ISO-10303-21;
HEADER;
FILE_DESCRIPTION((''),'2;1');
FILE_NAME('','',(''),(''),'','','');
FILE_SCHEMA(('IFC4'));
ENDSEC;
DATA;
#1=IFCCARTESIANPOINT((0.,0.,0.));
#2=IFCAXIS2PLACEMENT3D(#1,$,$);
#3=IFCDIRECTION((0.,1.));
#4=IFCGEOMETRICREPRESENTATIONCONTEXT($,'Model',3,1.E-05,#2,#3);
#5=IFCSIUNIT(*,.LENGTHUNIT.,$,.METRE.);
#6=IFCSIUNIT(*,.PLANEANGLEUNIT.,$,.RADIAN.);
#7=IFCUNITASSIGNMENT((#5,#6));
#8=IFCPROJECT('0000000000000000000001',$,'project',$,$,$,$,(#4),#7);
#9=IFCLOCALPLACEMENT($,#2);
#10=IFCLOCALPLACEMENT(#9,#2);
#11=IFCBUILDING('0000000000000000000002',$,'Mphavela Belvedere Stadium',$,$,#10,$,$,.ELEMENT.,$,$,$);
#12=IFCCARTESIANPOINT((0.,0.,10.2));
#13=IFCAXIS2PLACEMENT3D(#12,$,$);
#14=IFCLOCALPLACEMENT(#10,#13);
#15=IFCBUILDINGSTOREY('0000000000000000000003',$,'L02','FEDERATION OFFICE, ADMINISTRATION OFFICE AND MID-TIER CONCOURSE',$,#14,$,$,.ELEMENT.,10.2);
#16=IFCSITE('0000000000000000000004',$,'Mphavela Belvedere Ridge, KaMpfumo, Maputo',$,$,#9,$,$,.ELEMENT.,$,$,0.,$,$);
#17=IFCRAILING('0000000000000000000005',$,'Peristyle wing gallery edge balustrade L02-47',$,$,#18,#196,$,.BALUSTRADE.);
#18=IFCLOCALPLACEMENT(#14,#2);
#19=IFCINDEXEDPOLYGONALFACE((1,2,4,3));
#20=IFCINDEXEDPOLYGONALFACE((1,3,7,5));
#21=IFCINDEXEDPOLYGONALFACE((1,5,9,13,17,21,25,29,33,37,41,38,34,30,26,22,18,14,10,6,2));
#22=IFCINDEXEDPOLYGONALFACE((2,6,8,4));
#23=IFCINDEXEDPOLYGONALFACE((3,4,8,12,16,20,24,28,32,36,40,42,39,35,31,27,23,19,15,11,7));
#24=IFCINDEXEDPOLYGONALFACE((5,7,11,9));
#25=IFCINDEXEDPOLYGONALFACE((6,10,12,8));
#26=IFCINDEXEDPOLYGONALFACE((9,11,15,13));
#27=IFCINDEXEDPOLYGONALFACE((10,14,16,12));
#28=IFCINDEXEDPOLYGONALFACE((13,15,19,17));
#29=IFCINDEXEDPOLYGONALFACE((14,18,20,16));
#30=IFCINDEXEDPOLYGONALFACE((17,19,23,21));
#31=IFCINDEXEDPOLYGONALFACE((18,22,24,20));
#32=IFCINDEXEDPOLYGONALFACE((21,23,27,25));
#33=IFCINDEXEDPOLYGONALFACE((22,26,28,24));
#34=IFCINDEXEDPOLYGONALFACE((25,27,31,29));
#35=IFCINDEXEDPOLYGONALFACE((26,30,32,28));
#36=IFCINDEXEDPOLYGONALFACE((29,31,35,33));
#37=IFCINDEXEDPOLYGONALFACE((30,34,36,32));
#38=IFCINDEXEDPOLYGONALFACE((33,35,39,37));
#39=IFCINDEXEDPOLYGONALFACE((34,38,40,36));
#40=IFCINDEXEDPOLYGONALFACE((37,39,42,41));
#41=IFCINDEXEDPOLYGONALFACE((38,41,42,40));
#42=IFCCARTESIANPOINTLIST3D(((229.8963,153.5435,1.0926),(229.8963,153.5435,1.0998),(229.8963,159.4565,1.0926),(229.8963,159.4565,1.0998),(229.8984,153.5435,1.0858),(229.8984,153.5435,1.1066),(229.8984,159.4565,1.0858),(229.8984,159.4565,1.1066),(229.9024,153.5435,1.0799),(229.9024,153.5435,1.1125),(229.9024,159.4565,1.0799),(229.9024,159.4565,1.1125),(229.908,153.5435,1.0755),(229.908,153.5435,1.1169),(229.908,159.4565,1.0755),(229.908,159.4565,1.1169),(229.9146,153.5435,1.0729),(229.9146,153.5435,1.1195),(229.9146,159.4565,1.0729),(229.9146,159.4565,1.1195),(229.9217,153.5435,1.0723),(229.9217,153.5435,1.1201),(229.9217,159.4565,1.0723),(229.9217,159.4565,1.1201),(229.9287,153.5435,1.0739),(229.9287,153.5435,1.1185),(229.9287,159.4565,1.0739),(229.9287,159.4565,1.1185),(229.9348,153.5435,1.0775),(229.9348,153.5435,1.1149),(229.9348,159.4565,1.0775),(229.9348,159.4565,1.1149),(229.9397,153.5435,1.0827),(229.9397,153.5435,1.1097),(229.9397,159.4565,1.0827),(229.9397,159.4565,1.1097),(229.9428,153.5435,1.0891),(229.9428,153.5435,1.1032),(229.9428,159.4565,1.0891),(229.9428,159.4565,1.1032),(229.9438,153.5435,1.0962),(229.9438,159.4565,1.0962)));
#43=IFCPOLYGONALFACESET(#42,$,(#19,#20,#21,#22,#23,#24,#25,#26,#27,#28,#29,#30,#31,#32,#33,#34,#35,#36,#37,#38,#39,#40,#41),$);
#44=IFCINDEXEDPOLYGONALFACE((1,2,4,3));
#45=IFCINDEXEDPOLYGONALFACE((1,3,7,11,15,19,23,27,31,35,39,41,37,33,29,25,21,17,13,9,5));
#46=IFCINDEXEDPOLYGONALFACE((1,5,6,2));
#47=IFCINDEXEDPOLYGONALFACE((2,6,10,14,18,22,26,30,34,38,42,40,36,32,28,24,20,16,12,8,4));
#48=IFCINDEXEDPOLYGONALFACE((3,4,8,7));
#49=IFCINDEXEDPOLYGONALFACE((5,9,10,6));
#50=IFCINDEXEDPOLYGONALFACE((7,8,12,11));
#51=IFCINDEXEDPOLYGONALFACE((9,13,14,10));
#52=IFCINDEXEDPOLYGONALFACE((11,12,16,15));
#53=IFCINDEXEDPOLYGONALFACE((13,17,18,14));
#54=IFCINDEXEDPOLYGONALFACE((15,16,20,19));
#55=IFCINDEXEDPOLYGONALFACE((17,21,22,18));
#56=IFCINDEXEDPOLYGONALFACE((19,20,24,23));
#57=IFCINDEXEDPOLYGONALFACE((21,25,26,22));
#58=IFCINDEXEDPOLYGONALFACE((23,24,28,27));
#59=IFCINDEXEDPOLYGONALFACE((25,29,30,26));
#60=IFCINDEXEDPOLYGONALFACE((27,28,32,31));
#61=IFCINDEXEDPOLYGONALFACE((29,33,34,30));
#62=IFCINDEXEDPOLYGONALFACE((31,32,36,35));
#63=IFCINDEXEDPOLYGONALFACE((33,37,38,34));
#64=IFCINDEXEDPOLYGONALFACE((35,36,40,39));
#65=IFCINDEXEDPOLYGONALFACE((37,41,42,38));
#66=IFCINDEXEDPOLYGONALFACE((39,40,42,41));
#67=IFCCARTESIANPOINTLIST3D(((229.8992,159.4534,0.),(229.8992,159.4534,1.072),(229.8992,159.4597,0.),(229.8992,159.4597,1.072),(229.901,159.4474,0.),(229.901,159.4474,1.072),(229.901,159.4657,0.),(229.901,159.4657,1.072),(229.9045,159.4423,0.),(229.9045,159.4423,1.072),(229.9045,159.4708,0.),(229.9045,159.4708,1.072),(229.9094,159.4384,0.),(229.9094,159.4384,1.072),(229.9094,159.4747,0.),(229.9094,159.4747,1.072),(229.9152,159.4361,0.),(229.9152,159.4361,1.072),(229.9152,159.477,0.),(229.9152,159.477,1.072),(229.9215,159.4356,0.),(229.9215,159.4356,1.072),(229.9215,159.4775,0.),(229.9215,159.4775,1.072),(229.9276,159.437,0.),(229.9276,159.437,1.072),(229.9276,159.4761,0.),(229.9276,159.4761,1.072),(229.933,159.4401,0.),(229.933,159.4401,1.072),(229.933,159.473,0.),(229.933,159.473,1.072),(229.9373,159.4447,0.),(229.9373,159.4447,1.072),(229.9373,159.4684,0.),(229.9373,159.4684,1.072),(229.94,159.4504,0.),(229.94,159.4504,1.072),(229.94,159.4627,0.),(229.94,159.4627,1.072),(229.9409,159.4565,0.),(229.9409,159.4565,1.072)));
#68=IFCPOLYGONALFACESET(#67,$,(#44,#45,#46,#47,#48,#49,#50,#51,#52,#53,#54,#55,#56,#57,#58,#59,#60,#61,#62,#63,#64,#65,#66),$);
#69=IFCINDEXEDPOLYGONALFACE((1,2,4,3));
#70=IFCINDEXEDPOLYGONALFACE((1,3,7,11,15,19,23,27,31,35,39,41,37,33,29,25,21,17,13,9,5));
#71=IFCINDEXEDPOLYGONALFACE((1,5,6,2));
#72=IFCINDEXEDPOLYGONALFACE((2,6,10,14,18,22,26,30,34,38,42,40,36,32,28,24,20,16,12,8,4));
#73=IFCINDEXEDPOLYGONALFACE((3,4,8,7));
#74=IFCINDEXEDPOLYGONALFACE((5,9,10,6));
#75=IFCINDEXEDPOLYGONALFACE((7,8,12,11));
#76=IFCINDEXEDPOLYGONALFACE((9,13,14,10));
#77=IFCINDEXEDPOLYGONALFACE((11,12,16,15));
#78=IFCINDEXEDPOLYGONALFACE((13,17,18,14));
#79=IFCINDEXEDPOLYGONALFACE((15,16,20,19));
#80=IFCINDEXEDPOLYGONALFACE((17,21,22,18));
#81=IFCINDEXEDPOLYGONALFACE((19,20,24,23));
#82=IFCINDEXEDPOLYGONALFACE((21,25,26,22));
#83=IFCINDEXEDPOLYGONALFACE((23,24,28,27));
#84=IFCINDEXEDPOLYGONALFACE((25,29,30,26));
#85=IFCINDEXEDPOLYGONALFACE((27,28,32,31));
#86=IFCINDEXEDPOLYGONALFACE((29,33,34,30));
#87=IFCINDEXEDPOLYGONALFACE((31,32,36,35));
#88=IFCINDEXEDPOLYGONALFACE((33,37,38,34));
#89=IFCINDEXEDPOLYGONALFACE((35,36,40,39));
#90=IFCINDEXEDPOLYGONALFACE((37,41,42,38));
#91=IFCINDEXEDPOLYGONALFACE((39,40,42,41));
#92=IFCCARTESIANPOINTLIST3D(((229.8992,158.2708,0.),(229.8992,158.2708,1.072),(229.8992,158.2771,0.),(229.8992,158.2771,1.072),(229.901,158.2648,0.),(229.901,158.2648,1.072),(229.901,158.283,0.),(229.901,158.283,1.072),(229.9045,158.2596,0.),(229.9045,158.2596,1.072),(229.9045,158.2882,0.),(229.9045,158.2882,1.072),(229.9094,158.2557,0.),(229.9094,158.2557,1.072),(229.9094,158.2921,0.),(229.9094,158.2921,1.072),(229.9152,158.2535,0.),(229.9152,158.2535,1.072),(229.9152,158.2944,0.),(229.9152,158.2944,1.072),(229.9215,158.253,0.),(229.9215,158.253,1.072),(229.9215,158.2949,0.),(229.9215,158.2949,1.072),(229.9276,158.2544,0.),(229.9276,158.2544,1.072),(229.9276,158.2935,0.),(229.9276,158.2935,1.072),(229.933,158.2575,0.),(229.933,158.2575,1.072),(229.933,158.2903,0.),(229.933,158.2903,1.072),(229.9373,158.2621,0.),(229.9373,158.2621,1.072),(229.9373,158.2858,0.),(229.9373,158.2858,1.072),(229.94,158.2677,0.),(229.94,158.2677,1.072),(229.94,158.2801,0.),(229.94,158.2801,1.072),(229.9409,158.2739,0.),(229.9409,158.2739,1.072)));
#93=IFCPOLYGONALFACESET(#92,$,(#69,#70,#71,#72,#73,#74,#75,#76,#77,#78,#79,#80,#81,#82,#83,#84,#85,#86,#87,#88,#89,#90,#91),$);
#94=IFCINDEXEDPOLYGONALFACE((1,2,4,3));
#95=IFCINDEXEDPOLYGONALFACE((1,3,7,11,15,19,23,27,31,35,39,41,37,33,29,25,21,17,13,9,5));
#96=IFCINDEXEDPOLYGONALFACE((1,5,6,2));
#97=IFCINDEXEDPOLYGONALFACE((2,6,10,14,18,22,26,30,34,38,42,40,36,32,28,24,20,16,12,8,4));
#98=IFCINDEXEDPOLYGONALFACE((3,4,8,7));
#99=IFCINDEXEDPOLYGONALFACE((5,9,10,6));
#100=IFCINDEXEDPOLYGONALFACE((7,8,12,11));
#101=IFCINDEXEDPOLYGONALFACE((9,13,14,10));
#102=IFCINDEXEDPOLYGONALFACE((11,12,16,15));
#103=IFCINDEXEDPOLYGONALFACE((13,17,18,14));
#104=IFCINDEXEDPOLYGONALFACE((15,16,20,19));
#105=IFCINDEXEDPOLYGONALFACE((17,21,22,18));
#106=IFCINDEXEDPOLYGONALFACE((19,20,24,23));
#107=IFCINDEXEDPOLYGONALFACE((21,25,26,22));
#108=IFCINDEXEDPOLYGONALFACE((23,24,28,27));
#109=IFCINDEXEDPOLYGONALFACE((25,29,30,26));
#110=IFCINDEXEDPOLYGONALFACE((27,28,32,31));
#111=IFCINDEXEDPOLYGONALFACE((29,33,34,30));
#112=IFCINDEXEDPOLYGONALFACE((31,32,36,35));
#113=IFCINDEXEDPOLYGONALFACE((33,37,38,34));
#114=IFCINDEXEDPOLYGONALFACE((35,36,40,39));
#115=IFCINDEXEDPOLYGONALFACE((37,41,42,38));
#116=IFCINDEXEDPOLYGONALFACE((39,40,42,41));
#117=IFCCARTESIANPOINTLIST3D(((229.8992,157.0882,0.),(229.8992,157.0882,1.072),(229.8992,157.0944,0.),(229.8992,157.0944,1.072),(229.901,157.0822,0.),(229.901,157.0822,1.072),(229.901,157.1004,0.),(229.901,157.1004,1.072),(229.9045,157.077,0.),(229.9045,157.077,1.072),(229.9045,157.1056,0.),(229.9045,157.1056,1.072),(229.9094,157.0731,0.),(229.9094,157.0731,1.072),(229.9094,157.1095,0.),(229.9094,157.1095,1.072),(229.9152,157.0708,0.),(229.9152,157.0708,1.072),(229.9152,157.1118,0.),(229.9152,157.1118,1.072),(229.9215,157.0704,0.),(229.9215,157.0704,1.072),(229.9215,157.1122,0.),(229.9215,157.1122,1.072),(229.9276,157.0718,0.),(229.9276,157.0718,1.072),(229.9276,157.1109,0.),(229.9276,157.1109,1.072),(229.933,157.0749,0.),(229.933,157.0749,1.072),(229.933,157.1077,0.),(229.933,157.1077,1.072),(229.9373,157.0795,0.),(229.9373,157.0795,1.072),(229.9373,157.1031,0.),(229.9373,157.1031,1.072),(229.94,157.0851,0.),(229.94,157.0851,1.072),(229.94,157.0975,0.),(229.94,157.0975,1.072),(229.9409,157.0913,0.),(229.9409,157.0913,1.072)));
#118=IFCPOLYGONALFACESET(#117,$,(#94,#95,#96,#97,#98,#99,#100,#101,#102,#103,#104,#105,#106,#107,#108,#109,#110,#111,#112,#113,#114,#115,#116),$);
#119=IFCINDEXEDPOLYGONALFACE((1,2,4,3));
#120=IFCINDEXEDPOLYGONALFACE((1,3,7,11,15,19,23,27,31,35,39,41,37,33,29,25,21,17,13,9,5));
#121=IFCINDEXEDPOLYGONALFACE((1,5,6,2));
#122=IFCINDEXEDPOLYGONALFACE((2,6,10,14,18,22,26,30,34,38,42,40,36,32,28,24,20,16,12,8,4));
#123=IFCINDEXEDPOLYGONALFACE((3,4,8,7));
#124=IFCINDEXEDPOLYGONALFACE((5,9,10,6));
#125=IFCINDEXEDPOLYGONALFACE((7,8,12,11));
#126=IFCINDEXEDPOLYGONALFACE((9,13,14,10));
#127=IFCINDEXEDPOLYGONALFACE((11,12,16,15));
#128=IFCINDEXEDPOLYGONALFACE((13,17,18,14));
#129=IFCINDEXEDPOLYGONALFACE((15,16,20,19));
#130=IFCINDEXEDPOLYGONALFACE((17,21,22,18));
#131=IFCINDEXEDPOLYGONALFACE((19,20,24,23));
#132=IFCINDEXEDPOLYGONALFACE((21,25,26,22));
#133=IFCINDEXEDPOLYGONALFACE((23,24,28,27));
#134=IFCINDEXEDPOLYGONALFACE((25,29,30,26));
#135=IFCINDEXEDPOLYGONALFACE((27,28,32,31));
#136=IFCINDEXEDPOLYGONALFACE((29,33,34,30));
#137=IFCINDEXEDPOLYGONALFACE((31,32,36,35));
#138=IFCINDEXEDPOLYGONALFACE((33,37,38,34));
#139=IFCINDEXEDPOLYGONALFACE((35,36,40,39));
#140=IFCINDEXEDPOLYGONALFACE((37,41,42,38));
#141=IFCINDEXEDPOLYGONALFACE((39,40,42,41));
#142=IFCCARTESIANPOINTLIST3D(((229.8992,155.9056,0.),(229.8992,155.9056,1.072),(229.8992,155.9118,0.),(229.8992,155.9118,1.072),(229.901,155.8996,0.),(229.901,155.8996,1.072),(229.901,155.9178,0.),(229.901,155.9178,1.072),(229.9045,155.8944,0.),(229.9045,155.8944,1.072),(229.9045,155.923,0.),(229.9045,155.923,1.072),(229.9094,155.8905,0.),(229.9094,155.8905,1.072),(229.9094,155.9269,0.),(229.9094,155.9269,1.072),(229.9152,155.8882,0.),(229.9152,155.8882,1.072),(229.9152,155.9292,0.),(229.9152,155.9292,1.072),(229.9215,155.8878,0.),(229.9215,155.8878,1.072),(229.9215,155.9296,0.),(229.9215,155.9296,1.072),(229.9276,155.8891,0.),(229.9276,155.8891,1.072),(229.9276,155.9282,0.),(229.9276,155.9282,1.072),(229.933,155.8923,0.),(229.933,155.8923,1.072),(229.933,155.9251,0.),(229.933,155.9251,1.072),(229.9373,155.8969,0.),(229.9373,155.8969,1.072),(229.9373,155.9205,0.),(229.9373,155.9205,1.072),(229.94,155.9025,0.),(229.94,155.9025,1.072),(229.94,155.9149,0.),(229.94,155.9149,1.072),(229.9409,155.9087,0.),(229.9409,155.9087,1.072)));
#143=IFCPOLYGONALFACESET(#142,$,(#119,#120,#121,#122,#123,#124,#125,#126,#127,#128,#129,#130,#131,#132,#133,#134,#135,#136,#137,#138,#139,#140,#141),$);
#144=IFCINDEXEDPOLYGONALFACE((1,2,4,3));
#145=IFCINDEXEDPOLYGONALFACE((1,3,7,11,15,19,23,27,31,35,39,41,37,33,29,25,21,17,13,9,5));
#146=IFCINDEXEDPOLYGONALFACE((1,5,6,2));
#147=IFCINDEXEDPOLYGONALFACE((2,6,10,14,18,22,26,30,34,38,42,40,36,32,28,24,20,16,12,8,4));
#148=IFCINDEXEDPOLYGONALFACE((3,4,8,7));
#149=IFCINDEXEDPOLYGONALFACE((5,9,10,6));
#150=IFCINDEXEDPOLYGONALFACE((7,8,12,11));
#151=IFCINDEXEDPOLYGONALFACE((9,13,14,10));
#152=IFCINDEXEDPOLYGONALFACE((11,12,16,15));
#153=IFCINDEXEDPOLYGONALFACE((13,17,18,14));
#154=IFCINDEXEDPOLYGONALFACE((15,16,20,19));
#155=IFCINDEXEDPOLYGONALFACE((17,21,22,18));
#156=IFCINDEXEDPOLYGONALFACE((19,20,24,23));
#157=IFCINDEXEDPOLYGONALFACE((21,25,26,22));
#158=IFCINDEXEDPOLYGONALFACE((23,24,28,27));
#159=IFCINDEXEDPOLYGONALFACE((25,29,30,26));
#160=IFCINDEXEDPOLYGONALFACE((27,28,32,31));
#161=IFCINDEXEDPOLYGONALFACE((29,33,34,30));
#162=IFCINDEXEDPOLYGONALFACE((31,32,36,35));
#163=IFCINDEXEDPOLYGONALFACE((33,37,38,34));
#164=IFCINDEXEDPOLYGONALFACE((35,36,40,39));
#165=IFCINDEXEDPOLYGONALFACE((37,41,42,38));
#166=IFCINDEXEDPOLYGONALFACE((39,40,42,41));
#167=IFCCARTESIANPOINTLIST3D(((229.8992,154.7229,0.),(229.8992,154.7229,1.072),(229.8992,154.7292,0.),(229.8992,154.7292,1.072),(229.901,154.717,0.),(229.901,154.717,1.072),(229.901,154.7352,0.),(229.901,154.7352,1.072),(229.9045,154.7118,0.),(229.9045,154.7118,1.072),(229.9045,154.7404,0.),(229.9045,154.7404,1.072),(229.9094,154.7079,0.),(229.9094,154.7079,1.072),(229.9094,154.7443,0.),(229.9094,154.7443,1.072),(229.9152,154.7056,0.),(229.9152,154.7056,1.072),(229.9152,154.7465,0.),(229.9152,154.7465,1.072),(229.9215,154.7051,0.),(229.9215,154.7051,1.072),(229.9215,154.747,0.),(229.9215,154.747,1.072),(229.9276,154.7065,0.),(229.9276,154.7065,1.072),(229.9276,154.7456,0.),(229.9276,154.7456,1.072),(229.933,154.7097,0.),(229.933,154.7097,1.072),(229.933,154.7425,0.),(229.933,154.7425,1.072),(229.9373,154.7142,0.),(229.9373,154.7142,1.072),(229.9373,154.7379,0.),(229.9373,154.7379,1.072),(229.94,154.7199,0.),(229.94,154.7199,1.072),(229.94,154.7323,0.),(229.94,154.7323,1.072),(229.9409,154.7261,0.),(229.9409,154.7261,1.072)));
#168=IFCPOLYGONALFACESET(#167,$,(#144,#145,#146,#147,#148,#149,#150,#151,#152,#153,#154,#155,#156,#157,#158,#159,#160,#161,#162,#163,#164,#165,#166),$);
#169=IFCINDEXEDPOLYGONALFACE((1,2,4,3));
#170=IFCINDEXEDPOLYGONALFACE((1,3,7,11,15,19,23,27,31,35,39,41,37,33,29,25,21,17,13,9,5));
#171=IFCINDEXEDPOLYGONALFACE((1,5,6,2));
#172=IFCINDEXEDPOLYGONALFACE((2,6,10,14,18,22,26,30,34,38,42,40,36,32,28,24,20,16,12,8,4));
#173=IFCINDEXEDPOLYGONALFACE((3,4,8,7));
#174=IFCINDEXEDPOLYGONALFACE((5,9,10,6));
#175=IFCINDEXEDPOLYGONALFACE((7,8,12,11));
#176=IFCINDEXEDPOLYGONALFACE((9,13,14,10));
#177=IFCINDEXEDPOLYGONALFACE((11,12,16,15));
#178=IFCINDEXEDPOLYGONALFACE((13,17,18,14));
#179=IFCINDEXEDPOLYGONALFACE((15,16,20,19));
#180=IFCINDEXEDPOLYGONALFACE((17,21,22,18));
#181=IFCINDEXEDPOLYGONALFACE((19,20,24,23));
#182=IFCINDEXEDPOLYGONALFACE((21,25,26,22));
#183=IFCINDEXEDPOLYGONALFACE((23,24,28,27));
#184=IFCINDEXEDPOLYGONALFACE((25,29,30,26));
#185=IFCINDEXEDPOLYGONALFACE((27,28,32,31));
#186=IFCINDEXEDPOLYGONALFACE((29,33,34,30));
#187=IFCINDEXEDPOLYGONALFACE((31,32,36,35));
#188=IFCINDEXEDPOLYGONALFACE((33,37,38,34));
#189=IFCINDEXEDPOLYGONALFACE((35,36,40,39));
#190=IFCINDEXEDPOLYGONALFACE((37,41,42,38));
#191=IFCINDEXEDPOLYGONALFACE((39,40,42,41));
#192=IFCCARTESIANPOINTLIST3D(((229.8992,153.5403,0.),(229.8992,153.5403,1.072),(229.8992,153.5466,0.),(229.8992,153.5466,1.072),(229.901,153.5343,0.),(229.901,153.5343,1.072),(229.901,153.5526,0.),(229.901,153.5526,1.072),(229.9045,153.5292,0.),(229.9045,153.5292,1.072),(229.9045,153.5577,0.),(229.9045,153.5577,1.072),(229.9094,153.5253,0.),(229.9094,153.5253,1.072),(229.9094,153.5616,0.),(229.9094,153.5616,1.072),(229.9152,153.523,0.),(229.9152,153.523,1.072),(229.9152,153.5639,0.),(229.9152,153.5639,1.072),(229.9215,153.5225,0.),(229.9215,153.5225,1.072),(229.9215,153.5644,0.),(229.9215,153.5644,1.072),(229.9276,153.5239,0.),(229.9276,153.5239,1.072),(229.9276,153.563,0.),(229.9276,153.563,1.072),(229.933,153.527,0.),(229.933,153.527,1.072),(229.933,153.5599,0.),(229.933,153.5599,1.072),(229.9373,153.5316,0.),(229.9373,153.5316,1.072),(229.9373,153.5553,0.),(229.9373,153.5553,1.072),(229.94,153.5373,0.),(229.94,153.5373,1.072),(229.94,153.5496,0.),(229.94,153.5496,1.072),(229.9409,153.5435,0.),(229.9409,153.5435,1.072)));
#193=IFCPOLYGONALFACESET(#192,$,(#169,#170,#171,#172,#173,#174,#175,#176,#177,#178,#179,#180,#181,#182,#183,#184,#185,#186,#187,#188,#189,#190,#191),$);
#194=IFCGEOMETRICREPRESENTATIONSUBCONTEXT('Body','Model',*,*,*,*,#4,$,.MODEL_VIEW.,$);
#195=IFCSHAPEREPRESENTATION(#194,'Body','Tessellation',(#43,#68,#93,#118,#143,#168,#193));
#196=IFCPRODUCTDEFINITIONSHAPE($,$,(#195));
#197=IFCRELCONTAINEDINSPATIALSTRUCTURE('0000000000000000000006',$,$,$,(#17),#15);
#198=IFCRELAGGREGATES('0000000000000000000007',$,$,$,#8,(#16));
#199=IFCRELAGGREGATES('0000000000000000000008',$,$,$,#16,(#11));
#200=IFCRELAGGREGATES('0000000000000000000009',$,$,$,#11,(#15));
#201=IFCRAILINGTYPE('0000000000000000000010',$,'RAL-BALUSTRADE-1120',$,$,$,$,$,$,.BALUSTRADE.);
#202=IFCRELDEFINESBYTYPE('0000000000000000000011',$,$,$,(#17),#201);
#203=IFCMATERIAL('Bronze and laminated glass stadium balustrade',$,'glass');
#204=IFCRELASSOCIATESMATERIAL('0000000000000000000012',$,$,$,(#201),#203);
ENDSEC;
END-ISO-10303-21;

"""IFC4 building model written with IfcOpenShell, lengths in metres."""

from ifc_helpers import new_model, si_unit, direction, frame, origin, origin_2d, place, context, subcontext, project, spatial, circle, extrude, material, type_object, element, save


model = new_model("IFC4")

# Units and contexts
model_context = context("Model", 3, precision=1e-05, world=origin(), true_north=direction((0.0, 1.0)))
body_context = subcontext(model_context, "Body", "Model", "MODEL_VIEW")
ifc_project = project(units=[si_unit("LENGTHUNIT", "METRE"), si_unit("PLANEANGLEUNIT", "RADIAN")], contexts=[model_context])

# Site, building, storey
site_placement = place(None, origin())
site = spatial("IfcSite", under=ifc_project, at=site_placement, Name="Mphavela Belvedere Ridge, KaMpfumo, Maputo", CompositionType="ELEMENT", RefElevation=0.0)
building_placement = place(site_placement, origin())
building = spatial("IfcBuilding", under=site, at=building_placement, Name="Mphavela Belvedere Stadium", CompositionType="ELEMENT")
storey_placement = place(building_placement, frame((0.0, 0.0, 10.2)))
storey = spatial("IfcBuildingStorey", under=building, at=storey_placement, Name="L02", Description="FEDERATION OFFICE, ADMINISTRATION OFFICE AND MID-TIER CONCOURSE", CompositionType="ELEMENT", Elevation=10.2)

# Railing
ifc_material_1 = material(Name="Bronze and laminated glass stadium balustrade", Category="glass")
railing_type = type_object("IfcRailingType", Name="RAL-BALUSTRADE-1120", PredefinedType="BALUSTRADE", material=ifc_material_1)
for number, where, name in (
    (1, (229.9199, 159.4565, 0.0), "Peristyle wing gallery edge balustrade L02-47"),
):
    element("IfcRailing", number, at=place(storey_placement, frame(where)), inside=storey, type_object=railing_type, Name=name, PredefinedType="BALUSTRADE", context=body_context, shape_type="SweptSolid", body=[
        extrude(circle(Radius=0.0239, at=origin_2d()), frame((0.0, 0.0, 1.0962), z_axis=(0.0, -1.0, 0.0), x_axis=(1.0, 0.0, 0.0)), (0.0, 0.0, 1.0), 5.9131),
        extrude(circle(Radius=0.021, at=origin_2d()), origin(), (0.0, 0.0, 1.0), 1.072),
        extrude(circle(Radius=0.021, at=origin_2d()), frame((0.0, -1.1826, 0.0)), (0.0, 0.0, 1.0), 1.072),
        extrude(circle(Radius=0.021, at=origin_2d()), frame((0.0, -2.3652, 0.0)), (0.0, 0.0, 1.0), 1.072),
        extrude(circle(Radius=0.021, at=origin_2d()), frame((0.0, -3.5479, 0.0)), (0.0, 0.0, 1.0), 1.072),
        extrude(circle(Radius=0.021, at=origin_2d()), frame((0.0, -4.7305, 0.0)), (0.0, 0.0, 1.0), 1.072),
        extrude(circle(Radius=0.021, at=origin_2d()), frame((0.0, -5.9131, 0.0)), (0.0, 0.0, 1.0), 1.072),
    ])

save(model, "model.ifc")
